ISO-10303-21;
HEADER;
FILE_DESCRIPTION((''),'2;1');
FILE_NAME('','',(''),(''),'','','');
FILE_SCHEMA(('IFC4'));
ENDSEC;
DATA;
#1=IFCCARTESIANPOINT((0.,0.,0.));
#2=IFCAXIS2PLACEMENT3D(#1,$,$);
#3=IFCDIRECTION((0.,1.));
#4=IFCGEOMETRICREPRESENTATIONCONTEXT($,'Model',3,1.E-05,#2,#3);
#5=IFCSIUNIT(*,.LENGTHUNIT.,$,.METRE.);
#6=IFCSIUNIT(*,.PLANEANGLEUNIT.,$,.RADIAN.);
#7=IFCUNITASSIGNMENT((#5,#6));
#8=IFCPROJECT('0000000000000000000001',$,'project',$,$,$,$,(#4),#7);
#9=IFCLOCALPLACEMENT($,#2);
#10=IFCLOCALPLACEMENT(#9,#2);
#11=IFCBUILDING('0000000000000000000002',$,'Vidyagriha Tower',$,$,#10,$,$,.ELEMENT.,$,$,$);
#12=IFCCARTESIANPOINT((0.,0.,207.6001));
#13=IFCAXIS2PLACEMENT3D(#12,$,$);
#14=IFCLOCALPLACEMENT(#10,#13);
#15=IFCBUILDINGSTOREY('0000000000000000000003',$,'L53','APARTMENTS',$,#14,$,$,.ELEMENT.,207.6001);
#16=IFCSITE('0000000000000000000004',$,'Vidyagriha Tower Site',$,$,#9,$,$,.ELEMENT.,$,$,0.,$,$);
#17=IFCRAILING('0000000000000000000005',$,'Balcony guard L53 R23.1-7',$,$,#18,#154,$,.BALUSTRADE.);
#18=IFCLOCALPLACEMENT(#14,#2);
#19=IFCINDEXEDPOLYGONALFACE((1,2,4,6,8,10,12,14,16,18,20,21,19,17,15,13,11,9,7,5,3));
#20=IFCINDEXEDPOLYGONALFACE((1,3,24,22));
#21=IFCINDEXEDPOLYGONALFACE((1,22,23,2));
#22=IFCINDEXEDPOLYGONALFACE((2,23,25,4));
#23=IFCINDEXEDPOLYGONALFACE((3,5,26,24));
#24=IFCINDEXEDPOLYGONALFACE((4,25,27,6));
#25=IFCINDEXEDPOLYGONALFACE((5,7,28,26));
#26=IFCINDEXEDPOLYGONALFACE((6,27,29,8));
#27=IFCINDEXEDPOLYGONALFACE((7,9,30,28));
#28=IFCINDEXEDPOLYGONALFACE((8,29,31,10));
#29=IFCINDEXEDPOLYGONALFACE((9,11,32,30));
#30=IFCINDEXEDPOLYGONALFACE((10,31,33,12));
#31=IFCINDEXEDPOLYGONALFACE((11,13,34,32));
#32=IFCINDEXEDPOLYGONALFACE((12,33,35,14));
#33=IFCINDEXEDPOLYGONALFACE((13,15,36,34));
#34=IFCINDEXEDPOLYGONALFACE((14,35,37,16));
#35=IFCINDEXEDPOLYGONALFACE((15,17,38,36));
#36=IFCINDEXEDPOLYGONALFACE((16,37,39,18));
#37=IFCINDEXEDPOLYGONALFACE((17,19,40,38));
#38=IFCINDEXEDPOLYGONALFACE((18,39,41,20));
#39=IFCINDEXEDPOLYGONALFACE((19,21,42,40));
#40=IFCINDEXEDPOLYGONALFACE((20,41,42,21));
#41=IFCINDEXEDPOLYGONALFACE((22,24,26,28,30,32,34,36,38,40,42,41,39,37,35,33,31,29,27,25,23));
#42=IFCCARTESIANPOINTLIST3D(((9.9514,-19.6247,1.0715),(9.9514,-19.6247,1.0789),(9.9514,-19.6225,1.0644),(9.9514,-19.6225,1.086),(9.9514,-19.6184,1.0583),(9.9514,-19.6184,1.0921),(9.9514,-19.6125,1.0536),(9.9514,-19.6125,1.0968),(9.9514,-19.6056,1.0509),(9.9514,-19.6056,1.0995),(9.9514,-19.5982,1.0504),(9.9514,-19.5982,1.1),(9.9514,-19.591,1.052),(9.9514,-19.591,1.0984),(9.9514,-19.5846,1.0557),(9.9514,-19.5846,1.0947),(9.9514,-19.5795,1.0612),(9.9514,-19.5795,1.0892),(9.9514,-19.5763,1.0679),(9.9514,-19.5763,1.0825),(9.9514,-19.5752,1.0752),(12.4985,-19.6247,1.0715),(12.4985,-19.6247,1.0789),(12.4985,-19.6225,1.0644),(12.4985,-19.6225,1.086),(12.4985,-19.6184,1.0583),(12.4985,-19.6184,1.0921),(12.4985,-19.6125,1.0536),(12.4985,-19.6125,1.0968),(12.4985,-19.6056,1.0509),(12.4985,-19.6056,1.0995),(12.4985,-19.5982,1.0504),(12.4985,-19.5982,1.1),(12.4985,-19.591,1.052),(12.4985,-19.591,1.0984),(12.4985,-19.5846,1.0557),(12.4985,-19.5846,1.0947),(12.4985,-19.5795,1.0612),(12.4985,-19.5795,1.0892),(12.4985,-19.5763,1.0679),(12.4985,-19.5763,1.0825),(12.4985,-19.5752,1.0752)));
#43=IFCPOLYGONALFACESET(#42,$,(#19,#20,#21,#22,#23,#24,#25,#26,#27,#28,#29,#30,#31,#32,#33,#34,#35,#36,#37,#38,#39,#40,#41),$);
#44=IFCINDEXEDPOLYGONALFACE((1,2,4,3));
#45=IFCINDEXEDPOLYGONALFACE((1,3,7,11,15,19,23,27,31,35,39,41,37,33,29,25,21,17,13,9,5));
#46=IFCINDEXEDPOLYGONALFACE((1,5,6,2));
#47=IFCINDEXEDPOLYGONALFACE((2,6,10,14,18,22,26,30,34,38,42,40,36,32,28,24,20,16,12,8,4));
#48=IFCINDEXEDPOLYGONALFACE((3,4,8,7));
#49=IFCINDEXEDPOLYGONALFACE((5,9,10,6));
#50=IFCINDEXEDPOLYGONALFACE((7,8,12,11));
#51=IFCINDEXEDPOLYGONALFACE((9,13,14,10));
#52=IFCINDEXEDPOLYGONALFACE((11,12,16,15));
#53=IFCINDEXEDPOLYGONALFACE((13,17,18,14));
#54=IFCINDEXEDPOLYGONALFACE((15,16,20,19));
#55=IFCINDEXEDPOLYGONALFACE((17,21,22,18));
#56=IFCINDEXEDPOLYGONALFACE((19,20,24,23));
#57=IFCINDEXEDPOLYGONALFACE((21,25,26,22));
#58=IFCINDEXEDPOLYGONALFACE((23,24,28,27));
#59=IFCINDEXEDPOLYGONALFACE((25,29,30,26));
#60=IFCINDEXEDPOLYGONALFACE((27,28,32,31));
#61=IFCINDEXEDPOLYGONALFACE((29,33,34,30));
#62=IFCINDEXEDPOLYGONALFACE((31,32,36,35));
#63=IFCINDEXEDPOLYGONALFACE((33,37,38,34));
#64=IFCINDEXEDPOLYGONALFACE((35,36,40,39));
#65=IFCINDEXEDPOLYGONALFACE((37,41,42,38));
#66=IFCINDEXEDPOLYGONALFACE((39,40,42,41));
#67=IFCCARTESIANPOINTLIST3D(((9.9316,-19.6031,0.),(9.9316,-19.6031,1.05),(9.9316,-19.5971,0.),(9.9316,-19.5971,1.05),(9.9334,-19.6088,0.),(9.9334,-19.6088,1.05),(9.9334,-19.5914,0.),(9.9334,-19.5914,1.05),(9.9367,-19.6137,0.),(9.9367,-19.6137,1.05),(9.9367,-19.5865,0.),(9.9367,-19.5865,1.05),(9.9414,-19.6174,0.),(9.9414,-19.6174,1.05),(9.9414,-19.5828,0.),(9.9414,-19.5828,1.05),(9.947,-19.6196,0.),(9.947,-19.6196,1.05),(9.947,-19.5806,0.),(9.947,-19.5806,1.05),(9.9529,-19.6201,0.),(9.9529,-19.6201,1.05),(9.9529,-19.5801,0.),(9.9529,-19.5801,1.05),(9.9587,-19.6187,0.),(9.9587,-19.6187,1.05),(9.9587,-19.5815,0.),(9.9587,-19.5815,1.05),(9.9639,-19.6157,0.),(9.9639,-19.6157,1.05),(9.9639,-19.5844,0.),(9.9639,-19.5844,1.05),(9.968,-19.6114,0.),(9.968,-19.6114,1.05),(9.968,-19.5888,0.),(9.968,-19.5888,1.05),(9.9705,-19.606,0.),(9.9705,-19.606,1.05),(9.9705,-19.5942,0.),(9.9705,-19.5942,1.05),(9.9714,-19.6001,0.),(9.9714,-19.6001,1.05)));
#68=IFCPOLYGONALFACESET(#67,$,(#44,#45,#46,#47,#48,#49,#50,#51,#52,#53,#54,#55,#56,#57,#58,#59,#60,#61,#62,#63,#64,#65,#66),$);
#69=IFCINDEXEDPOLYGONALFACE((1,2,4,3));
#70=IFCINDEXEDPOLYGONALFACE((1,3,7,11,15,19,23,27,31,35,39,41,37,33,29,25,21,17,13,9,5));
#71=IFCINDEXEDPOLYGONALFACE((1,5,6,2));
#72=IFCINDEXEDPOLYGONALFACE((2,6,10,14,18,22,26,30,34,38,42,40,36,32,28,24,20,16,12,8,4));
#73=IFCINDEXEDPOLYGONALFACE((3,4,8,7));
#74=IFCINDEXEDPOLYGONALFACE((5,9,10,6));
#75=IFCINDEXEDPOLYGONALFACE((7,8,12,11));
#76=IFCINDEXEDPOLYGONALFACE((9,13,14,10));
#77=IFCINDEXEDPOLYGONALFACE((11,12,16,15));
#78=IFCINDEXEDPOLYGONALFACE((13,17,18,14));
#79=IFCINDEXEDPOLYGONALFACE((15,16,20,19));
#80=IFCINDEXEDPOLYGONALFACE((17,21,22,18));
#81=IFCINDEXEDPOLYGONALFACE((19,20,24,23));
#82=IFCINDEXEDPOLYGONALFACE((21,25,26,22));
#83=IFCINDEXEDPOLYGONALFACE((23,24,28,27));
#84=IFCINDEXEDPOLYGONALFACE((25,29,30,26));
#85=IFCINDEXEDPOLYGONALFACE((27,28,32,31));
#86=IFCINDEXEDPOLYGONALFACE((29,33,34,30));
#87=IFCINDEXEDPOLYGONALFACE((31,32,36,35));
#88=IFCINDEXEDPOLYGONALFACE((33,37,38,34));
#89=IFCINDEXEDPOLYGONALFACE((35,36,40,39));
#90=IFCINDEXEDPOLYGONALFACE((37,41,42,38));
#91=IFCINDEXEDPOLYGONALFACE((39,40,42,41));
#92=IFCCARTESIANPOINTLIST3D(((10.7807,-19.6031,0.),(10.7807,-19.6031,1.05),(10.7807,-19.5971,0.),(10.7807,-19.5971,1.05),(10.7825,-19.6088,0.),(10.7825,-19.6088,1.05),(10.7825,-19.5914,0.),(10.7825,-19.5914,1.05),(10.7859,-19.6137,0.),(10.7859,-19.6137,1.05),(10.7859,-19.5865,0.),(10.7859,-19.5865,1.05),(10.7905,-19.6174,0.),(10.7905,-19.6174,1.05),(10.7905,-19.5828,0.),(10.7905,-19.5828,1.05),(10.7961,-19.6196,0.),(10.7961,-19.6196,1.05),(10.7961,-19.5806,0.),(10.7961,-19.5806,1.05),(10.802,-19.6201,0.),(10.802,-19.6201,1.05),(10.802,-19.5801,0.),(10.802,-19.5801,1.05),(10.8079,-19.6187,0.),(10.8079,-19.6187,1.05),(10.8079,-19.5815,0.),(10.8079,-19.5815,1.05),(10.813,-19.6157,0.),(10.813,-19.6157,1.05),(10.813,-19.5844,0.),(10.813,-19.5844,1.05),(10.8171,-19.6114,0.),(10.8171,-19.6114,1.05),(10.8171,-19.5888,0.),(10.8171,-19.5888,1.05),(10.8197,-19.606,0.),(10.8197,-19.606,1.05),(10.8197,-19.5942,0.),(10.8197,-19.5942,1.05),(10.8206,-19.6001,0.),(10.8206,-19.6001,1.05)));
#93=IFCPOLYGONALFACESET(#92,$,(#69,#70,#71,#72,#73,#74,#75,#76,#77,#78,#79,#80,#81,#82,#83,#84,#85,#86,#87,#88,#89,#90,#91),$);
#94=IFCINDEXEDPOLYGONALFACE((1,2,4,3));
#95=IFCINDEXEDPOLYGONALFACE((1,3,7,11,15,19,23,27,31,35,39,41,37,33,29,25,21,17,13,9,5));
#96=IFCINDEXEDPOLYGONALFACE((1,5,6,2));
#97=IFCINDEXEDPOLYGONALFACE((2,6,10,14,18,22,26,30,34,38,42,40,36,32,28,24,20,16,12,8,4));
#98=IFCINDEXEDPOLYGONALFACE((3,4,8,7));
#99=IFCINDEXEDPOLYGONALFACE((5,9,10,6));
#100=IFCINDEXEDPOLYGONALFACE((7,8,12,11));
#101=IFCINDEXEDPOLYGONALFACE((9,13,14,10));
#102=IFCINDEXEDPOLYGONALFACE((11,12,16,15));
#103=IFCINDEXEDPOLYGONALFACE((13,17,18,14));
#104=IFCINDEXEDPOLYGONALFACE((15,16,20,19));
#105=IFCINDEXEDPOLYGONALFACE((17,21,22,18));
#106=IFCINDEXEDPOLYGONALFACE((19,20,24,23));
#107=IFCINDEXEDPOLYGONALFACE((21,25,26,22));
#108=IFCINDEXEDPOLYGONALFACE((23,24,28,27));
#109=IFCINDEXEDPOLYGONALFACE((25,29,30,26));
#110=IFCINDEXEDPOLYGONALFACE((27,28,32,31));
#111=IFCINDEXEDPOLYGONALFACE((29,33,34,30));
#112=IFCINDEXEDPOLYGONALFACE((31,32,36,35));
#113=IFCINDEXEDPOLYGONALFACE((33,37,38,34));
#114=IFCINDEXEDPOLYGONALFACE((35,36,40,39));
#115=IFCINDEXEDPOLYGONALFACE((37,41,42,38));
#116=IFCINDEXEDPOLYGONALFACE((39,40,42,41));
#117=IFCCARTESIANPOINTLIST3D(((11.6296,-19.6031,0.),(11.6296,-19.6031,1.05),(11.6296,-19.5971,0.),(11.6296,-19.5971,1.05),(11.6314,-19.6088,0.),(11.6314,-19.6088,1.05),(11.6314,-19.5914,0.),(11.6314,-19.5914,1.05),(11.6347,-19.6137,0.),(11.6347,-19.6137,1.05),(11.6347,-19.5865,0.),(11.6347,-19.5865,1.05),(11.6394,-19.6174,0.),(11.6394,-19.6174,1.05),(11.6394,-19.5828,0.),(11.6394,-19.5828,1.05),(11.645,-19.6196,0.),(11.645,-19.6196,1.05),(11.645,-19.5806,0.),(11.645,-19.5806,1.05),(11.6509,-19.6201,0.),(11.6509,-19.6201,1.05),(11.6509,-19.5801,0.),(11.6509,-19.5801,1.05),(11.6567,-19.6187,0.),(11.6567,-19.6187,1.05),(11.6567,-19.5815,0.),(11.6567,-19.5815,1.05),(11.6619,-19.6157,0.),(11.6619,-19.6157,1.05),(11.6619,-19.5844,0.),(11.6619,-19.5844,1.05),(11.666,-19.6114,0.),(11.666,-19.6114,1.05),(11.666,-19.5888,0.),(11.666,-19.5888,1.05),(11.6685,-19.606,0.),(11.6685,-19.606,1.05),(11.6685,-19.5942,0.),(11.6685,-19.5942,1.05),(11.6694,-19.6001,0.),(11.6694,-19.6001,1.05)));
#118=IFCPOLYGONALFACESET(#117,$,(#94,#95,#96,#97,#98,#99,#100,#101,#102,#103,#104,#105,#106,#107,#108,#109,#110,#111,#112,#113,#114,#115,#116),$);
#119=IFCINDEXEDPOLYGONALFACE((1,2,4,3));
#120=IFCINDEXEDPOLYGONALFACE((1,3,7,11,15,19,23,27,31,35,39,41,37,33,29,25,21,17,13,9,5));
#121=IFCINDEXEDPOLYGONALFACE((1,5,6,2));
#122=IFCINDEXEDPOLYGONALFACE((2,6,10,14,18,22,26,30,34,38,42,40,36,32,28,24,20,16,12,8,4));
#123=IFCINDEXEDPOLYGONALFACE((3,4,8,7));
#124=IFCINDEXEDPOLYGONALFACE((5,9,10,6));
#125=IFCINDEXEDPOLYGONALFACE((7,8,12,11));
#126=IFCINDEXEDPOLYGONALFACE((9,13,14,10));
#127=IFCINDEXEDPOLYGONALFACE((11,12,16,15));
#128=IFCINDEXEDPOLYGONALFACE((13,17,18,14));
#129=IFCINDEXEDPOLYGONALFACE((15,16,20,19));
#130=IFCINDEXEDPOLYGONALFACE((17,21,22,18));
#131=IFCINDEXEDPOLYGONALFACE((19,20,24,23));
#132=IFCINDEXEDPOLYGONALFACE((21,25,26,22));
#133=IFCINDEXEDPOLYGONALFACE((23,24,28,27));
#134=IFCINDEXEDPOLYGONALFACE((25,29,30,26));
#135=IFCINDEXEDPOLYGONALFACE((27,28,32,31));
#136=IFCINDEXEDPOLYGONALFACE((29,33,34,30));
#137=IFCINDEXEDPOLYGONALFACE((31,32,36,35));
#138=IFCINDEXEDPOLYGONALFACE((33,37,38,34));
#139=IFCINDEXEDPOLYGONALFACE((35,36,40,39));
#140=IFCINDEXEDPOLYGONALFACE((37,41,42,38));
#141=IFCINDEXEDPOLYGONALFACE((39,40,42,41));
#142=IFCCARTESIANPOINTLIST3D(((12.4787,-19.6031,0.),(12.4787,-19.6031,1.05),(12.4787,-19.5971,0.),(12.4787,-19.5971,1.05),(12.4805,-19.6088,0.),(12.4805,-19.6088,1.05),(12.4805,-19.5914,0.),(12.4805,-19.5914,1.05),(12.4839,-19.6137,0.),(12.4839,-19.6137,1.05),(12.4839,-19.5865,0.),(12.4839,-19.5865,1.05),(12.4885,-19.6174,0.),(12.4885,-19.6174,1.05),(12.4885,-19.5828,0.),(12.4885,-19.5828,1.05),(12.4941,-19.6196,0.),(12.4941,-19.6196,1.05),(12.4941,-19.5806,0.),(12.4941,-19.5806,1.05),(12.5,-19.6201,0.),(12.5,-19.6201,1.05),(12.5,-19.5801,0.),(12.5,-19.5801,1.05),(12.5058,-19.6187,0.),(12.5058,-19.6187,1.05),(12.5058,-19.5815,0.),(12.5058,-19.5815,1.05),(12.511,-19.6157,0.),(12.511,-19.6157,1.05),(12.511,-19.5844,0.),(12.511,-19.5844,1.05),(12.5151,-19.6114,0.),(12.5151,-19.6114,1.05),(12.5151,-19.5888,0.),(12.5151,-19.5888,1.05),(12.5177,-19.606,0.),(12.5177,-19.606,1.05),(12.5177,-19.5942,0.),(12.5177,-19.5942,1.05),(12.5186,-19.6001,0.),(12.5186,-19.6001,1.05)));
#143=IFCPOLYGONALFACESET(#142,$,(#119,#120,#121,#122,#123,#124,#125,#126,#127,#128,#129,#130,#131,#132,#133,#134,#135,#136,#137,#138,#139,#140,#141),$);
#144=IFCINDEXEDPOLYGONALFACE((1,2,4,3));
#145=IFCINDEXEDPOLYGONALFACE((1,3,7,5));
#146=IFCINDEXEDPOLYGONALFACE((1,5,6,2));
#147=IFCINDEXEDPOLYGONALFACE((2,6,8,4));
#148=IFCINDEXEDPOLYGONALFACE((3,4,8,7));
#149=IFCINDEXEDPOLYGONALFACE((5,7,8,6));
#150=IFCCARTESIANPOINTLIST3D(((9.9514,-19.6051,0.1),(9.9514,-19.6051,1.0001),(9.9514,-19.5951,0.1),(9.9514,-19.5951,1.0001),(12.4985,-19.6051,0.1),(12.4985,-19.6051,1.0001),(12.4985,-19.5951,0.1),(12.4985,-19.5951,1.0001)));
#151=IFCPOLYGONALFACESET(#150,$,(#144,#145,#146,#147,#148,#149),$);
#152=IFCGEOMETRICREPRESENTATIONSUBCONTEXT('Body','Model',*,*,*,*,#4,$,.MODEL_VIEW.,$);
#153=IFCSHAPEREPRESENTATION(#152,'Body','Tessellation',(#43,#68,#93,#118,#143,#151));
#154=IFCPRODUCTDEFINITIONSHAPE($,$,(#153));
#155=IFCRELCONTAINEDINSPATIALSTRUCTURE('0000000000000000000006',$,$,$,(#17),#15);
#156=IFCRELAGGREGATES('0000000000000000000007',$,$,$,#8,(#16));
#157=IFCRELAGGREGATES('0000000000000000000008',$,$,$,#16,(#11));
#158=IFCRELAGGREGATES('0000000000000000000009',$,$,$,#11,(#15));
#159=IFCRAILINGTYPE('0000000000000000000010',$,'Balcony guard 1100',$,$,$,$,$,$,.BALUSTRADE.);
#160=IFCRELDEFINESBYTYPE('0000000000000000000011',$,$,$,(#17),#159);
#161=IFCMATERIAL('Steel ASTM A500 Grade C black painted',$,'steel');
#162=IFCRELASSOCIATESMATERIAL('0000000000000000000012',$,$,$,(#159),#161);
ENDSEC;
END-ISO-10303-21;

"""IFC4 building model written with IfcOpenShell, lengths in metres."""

from ifc_helpers import new_model, si_unit, direction, frame, origin, origin_2d, place, context, subcontext, project, spatial, rectangle, circle, extrude, material, type_object, element, save


model = new_model("IFC4")

# Units and contexts
model_context = context("Model", 3, precision=1e-05, world=origin(), true_north=direction((0.0, 1.0)))
body_context = subcontext(model_context, "Body", "Model", "MODEL_VIEW")
ifc_project = project(units=[si_unit("LENGTHUNIT", "METRE"), si_unit("PLANEANGLEUNIT", "RADIAN")], contexts=[model_context])

# Site, building, storey
site_placement = place(None, origin())
site = spatial("IfcSite", under=ifc_project, at=site_placement, Name="Vidyagriha Tower Site", CompositionType="ELEMENT", RefElevation=0.0)
building_placement = place(site_placement, origin())
building = spatial("IfcBuilding", under=site, at=building_placement, Name="Vidyagriha Tower", CompositionType="ELEMENT")
storey_placement = place(building_placement, frame((0.0, 0.0, 207.6001)))
storey = spatial("IfcBuildingStorey", under=building, at=storey_placement, Name="L53", Description="APARTMENTS", CompositionType="ELEMENT", Elevation=207.6001)

# Railing
ifc_material_1 = material(Name="Steel ASTM A500 Grade C black painted", Category="steel")
railing_type = type_object("IfcRailingType", Name="Balcony guard 1100", PredefinedType="BALUSTRADE", material=ifc_material_1)
railing_1_placement = place(storey_placement, frame((9.9514, -19.6001, 0.0)))
element("IfcRailing", 1, at=railing_1_placement, inside=storey, type_object=railing_type, Name="Balcony guard L53 R23.1-7", PredefinedType="BALUSTRADE", context=body_context, shape_type="SweptSolid", body=[
    extrude(circle(Radius=0.0249, at=origin_2d()), frame((0.0, 0.0, 1.0752), z_axis=(1.0, 0.0, 0.0), x_axis=(0.0, 1.0, 0.0)), (0.0, 0.0, 1.0), 2.5471),
    extrude(circle(Radius=0.02, at=origin_2d()), origin(), (0.0, 0.0, 1.0), 1.05),
    extrude(circle(Radius=0.02, at=origin_2d()), frame((0.8491, 0.0, 0.0)), (0.0, 0.0, 1.0), 1.05),
    extrude(circle(Radius=0.02, at=origin_2d()), frame((1.698, 0.0, 0.0)), (0.0, 0.0, 1.0), 1.05),
    extrude(circle(Radius=0.02, at=origin_2d()), frame((2.5471, 0.0, 0.0)), (0.0, 0.0, 1.0), 1.05),
    extrude(rectangle(XDim=0.01, YDim=0.9001, at=origin_2d()), frame((0.0, 0.0, 0.55), z_axis=(1.0, 0.0, 0.0), x_axis=(0.0, 1.0, 0.0)), (0.0, 0.0, 1.0), 2.5471),
])

save(model, "model.ifc")
